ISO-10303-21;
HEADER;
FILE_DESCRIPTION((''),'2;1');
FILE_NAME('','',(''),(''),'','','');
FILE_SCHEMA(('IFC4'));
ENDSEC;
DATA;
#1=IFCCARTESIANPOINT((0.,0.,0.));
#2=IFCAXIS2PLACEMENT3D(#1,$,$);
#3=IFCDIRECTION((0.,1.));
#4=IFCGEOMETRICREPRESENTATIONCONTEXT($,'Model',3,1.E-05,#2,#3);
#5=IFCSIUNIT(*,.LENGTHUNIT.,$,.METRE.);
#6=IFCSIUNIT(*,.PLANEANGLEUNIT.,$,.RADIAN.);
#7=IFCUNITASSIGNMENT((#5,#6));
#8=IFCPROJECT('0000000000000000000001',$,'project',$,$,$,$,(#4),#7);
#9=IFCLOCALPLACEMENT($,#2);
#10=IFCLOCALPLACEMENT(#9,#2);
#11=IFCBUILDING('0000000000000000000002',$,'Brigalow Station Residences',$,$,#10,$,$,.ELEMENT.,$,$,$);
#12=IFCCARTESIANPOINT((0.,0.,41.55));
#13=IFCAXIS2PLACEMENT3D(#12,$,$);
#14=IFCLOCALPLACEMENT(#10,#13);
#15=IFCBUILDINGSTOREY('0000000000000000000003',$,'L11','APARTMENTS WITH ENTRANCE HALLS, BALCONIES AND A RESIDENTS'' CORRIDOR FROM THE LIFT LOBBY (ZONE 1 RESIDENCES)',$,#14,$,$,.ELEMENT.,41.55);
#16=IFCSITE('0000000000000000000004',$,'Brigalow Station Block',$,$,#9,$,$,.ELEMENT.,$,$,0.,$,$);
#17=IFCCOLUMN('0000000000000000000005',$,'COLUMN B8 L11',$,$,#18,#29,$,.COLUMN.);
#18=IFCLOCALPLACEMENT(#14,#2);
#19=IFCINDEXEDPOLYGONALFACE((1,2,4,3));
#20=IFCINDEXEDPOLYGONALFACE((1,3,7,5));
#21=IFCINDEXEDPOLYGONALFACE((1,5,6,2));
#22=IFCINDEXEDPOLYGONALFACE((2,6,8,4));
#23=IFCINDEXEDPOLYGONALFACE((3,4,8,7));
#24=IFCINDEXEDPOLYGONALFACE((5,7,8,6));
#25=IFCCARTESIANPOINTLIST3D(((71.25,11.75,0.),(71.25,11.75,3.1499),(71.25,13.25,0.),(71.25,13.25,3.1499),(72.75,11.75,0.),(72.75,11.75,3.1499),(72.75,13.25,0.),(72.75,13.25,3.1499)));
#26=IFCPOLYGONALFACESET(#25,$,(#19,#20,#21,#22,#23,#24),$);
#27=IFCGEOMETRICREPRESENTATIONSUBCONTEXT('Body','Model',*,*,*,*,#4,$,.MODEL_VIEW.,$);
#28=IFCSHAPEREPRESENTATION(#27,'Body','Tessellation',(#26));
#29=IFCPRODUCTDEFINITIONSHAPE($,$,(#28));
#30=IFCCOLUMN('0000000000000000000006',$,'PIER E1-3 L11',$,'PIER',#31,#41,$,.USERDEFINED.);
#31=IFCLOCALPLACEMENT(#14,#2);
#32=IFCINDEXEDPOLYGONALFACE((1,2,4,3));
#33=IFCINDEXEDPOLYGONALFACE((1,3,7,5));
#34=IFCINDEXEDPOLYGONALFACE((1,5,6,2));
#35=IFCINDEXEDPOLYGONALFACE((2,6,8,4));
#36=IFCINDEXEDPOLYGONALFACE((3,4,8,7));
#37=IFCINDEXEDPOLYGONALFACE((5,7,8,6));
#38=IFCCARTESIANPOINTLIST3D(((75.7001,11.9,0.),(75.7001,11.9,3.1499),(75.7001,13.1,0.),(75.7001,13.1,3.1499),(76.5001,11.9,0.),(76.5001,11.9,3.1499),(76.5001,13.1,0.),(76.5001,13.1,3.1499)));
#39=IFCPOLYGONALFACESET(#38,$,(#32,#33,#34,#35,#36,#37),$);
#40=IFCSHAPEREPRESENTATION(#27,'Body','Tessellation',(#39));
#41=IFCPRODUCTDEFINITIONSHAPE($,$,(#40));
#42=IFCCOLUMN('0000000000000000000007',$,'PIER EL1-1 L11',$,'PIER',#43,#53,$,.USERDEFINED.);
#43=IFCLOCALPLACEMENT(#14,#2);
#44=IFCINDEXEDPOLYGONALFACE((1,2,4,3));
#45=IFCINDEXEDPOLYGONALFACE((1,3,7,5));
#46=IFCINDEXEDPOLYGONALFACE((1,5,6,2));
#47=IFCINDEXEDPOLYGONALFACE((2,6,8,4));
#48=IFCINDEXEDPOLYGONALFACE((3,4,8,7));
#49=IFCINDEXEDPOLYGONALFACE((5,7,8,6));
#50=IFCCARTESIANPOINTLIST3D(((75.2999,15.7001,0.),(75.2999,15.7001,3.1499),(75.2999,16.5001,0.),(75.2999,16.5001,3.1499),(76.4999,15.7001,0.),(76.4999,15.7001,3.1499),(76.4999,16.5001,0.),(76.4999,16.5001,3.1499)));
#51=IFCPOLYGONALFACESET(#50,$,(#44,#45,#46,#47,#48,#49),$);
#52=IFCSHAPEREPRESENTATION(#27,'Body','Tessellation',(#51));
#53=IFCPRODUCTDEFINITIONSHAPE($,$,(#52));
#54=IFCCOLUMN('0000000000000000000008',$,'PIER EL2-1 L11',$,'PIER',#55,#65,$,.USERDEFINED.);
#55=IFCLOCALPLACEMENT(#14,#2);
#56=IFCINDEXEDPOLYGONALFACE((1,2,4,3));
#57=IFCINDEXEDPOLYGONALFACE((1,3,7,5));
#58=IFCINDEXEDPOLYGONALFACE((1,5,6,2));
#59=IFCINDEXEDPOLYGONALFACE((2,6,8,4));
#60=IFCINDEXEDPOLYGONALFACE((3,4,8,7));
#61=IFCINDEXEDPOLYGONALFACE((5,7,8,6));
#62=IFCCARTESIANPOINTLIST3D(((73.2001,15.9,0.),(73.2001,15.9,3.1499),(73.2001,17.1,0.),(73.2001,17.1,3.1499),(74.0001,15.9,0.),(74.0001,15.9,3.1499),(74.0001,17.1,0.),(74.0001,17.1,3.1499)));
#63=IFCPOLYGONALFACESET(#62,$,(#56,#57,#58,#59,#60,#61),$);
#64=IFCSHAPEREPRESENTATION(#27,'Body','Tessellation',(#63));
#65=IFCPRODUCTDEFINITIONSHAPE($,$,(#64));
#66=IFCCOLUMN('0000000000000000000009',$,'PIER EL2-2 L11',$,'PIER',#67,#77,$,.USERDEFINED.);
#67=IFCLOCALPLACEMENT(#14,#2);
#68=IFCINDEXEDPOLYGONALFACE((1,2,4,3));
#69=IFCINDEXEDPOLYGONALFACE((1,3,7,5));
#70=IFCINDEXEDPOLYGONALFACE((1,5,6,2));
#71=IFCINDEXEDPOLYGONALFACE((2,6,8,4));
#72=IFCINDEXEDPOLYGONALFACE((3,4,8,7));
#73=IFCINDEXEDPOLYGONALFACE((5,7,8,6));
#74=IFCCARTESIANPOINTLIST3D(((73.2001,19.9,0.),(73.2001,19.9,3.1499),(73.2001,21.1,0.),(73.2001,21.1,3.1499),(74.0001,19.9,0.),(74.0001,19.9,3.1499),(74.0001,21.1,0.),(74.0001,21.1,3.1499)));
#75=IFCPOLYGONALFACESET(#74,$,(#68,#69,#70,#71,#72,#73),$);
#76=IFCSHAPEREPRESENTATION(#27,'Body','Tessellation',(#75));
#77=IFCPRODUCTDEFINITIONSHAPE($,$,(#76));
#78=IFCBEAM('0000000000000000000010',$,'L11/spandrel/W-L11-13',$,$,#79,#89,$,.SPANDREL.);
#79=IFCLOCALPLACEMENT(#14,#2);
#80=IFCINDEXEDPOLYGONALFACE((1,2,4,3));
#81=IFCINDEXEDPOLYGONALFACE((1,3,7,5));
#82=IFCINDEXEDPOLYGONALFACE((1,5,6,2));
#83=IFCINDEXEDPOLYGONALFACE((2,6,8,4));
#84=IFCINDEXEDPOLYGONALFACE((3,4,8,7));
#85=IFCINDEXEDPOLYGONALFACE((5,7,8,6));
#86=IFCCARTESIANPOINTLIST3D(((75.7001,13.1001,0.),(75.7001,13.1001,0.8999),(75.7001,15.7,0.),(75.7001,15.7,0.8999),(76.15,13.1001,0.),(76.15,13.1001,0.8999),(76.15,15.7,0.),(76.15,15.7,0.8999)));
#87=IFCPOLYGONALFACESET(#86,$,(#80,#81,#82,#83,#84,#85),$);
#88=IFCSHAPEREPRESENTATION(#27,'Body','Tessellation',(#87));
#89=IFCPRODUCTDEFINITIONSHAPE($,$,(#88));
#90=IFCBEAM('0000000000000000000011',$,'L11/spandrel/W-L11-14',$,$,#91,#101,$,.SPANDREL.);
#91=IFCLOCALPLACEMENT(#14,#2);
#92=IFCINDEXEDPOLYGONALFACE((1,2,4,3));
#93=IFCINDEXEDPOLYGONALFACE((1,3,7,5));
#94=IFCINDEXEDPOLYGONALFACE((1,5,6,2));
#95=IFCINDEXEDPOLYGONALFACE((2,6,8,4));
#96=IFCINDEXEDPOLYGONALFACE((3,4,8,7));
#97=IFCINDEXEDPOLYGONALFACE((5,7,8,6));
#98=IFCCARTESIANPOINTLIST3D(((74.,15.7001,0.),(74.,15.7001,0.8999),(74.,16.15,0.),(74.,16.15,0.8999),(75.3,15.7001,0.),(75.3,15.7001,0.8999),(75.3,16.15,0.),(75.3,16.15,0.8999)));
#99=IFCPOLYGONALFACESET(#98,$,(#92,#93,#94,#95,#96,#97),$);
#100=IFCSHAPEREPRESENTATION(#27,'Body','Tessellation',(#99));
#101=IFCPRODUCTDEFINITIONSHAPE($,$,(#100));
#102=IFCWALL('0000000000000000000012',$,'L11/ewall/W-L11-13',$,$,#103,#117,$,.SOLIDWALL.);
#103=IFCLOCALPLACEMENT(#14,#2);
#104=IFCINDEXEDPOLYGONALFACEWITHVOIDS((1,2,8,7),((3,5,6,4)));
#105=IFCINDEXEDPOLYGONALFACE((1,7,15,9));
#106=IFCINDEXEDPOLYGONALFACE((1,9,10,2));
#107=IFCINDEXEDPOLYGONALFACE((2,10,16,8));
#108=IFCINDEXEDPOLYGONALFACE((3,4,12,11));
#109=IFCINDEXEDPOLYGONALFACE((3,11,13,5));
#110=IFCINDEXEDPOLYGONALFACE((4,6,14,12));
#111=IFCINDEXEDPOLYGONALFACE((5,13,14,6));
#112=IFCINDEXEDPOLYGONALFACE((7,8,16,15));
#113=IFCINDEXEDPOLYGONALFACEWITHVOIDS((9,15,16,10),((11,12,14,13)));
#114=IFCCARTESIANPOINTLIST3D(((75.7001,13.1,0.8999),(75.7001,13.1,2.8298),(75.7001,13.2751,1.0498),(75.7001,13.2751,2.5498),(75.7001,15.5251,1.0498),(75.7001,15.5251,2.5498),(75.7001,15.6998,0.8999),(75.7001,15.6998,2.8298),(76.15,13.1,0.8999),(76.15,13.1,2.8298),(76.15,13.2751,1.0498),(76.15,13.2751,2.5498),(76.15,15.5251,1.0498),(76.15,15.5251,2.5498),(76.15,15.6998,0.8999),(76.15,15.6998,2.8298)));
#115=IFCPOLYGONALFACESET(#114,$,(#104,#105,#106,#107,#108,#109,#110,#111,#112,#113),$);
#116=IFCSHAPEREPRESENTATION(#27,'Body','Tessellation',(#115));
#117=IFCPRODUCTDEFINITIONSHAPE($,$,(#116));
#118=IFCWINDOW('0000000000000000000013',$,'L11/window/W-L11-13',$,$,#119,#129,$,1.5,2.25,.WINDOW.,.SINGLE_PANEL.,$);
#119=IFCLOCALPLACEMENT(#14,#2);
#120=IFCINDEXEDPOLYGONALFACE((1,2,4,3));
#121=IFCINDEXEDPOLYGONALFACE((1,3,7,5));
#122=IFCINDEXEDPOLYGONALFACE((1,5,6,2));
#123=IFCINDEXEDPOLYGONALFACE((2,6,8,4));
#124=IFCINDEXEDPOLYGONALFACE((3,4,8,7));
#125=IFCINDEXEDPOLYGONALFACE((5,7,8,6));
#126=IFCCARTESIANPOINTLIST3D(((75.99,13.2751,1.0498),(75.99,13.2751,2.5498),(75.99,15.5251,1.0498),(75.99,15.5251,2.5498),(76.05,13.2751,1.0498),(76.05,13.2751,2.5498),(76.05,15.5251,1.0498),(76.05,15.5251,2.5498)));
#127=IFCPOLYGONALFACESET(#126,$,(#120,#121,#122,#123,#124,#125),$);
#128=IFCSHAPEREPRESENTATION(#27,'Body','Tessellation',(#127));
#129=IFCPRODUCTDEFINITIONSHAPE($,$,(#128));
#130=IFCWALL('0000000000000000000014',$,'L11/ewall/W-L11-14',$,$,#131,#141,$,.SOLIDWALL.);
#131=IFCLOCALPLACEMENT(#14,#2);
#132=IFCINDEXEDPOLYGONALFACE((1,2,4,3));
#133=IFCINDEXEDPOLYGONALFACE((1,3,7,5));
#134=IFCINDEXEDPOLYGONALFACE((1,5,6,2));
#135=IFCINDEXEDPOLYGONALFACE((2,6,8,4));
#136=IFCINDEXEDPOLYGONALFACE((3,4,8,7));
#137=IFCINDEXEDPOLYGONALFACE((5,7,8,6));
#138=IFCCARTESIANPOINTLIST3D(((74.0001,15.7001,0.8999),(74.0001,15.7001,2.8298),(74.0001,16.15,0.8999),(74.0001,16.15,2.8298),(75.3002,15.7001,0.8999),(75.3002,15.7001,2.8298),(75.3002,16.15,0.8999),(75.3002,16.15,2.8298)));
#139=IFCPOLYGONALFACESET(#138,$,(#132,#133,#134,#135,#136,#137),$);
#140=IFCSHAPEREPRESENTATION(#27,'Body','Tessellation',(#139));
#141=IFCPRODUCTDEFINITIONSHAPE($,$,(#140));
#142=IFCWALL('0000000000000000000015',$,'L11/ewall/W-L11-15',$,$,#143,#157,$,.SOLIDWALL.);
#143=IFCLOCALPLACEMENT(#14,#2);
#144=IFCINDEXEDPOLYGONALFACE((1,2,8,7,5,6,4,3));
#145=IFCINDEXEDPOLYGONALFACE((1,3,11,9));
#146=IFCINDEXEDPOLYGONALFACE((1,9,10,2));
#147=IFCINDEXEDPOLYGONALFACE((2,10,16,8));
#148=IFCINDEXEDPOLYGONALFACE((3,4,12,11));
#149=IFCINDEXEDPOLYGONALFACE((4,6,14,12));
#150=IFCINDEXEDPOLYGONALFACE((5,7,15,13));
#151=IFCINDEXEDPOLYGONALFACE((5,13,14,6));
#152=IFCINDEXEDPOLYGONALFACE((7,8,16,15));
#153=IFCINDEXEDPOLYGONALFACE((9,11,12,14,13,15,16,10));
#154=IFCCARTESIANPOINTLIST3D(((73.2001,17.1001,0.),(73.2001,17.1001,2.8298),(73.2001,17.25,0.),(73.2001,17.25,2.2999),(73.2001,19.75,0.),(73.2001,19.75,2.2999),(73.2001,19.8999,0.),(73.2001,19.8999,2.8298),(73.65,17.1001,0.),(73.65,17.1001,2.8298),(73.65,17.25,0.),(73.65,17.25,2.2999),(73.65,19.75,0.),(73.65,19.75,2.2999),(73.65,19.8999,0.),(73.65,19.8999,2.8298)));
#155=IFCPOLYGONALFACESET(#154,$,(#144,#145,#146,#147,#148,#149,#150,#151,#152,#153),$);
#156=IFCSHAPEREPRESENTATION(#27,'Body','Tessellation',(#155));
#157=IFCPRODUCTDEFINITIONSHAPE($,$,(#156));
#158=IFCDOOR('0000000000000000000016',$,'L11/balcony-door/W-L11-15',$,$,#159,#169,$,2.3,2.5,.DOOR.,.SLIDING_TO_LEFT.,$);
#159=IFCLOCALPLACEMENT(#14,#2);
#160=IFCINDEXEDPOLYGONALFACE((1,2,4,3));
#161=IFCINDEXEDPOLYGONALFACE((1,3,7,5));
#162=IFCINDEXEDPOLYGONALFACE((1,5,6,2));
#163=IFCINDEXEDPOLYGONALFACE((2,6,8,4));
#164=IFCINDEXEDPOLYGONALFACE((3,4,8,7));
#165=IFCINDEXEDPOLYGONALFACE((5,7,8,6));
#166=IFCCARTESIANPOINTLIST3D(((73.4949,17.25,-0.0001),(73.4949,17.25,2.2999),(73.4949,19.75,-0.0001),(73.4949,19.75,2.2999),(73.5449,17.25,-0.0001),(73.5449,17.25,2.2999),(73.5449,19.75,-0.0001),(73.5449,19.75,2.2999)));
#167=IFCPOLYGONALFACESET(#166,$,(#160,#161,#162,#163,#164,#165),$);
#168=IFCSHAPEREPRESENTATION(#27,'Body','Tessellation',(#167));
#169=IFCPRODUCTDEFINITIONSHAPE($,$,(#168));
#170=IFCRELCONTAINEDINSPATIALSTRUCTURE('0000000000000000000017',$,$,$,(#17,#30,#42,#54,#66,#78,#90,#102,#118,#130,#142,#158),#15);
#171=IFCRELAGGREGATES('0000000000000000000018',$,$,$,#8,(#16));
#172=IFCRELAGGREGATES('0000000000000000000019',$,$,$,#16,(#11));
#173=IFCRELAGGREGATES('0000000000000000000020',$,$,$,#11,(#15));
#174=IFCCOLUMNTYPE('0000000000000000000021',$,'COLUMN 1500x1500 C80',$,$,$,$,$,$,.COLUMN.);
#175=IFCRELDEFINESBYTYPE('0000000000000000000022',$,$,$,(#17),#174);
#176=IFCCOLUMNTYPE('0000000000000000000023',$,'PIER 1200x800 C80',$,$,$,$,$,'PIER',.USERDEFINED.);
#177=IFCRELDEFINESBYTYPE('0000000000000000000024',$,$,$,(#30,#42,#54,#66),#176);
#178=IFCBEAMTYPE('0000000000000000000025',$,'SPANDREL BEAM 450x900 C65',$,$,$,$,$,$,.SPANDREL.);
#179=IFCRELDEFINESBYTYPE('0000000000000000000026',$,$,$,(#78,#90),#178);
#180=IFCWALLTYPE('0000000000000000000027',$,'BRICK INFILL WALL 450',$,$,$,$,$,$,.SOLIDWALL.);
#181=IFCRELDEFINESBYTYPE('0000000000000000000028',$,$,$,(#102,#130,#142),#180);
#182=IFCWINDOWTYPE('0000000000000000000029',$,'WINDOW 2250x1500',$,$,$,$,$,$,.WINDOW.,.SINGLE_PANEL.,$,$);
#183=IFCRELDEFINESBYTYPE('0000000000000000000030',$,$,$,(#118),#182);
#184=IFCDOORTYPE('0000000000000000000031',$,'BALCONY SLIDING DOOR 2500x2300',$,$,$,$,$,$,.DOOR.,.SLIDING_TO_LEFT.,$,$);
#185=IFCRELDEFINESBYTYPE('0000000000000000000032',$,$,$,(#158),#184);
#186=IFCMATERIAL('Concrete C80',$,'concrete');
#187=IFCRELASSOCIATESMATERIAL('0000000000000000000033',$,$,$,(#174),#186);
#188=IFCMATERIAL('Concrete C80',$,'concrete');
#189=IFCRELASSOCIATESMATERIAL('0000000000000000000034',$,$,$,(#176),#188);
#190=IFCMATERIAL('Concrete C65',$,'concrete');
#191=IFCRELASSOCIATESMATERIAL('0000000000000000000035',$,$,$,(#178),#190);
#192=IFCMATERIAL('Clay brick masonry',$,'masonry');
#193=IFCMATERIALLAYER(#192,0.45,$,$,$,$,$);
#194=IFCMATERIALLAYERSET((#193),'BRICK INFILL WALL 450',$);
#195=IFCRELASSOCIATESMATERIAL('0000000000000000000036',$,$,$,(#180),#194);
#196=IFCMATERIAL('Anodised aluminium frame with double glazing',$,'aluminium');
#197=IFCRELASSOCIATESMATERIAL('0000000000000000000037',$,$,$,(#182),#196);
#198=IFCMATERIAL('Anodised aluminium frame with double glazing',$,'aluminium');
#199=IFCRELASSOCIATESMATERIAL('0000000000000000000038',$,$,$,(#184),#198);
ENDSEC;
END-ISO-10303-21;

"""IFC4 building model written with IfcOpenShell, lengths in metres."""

from ifc_helpers import new_model, si_unit, direction, frame, frame_2d, origin, origin_2d, place, context, subcontext, project, spatial, rectangle, extrude, material, layer, layer_set, material_profile, profile_set, type_object, element, fill, save


model = new_model("IFC4")

# Units and contexts
model_context = context("Model", 3, precision=1e-05, world=origin(), true_north=direction((0.0, 1.0)))
body_context = subcontext(model_context, "Body", "Model", "MODEL_VIEW")
ifc_project = project(units=[si_unit("LENGTHUNIT", "METRE"), si_unit("PLANEANGLEUNIT", "RADIAN")], contexts=[model_context])

# Site, building, storey
site_placement = place(None, origin())
site = spatial("IfcSite", under=ifc_project, at=site_placement, Name="Brigalow Station Block", CompositionType="ELEMENT", RefElevation=0.0)
building_placement = place(site_placement, origin())
building = spatial("IfcBuilding", under=site, at=building_placement, Name="Brigalow Station Residences", CompositionType="ELEMENT")
storey_placement = place(building_placement, frame((0.0, 0.0, 41.55)))
storey = spatial("IfcBuildingStorey", under=building, at=storey_placement, Name="L11", Description="APARTMENTS WITH ENTRANCE HALLS, BALCONIES AND A RESIDENTS' CORRIDOR FROM THE LIFT LOBBY (ZONE 1 RESIDENCES)", CompositionType="ELEMENT", Elevation=41.55)

# Columns
ifc_material_1 = material(Name="Concrete C80", Category="concrete")
ifc_material_profile_1 = material_profile(ifc_material_1, rectangle(XDim=1.5, YDim=1.5, at=origin_2d()), Name="RC1500x1500")
ifc_profile_set_1 = profile_set([ifc_material_profile_1], Name="Concrete C80")
column_type_1 = type_object("IfcColumnType", Name="COLUMN 1500x1500 C80", PredefinedType="COLUMN", material=ifc_profile_set_1)
column_placement = place(storey_placement, frame((72.0, 12.5, 0.0), z_axis=(0.0, 0.0, 1.0), x_axis=(1.0, 0.0, 0.0)))
element("IfcColumn", 1, at=column_placement, inside=storey, type_object=column_type_1, Name="COLUMN B8 L11", PredefinedType="COLUMN", context=body_context, shape_type="SweptSolid", body=[
    extrude(rectangle(XDim=1.5, YDim=1.5, at=origin_2d()), origin(), (0.0, 0.0, 1.0), 3.1499),
])
ifc_material_2 = material(Name="Concrete C80", Category="concrete")
ifc_material_profile_2 = material_profile(ifc_material_2, rectangle(XDim=1.2, YDim=0.8, at=origin_2d()), Name="RC1200x800")
ifc_profile_set_2 = profile_set([ifc_material_profile_2], Name="Concrete C80")
column_type_2 = type_object("IfcColumnType", Name="PIER 1200x800 C80", ElementType="PIER", PredefinedType="USERDEFINED", material=ifc_profile_set_2)
for number, where, z_axis, x_axis, name in (
    (2, (76.1001, 12.5, 0.0), (0.0, 0.0, 1.0), (0.0, 1.0, 0.0), "PIER E1-3 L11"),
    (3, (75.8999, 16.1001, 0.0), (0.0, 0.0, 1.0), (-1.0, 0.0, 0.0), "PIER EL1-1 L11"),
    (4, (73.6001, 16.5, 0.0), (0.0, 0.0, 1.0), (0.0, 1.0, 0.0), "PIER EL2-1 L11"),
    (5, (73.6001, 20.5, 0.0), (0.0, 0.0, 1.0), (0.0, 1.0, 0.0), "PIER EL2-2 L11"),
):
    element("IfcColumn", number, at=place(storey_placement, frame(where, z_axis=z_axis, x_axis=x_axis)), inside=storey, type_object=column_type_2, Name=name, ObjectType="PIER", PredefinedType="USERDEFINED", context=body_context, shape_type="SweptSolid", body=[
        extrude(rectangle(XDim=1.2, YDim=0.8, at=origin_2d()), origin(), (0.0, 0.0, 1.0), 3.1499),
    ])

# Beams
ifc_material_3 = material(Name="Concrete C65", Category="concrete")
ifc_material_profile_3 = material_profile(ifc_material_3, rectangle(XDim=0.45, YDim=0.8999, at=origin_2d()), Name="RC450x900")
ifc_profile_set_3 = profile_set([ifc_material_profile_3], Name="Concrete C65")
beam_type = type_object("IfcBeamType", Name="SPANDREL BEAM 450x900 C65", PredefinedType="SPANDREL", material=ifc_profile_set_3)
beam_1_placement = place(storey_placement, frame((75.925, 13.1001, 0.45), z_axis=(0.0, 1.0, 0.0), x_axis=(-1.0, 0.0, 0.0)))
element("IfcBeam", 6, at=beam_1_placement, inside=storey, type_object=beam_type, Name="L11/spandrel/W-L11-13", PredefinedType="SPANDREL", context=body_context, shape_type="SweptSolid", body=[
    extrude(rectangle(XDim=0.45, YDim=0.8999, at=origin_2d()), origin(), (0.0, 0.0, 1.0), 2.5999),
])
beam_2_placement = place(storey_placement, frame((75.3, 15.925, 0.45), z_axis=(-1.0, 0.0, 0.0), x_axis=(0.0, -1.0, 0.0)))
element("IfcBeam", 7, at=beam_2_placement, inside=storey, type_object=beam_type, Name="L11/spandrel/W-L11-14", PredefinedType="SPANDREL", context=body_context, shape_type="SweptSolid", body=[
    extrude(rectangle(XDim=0.45, YDim=0.8999, at=origin_2d()), origin(), (0.0, 0.0, 1.0), 1.3),
])

# Wall, opening, window
ifc_material_4 = material(Name="Clay brick masonry", Category="masonry")
ifc_layer_1 = layer(ifc_material_4, 0.45)
ifc_layer_set_1 = layer_set([ifc_layer_1], Name="BRICK INFILL WALL 450")
wall_type_1 = type_object("IfcWallType", Name="BRICK INFILL WALL 450", PredefinedType="SOLIDWALL", material=ifc_layer_set_1)
wall_1_placement = place(storey_placement, frame((75.925, 13.1001, 0.8999), z_axis=(0.0, 0.0, 1.0), x_axis=(0.0, 1.0, 0.0)))
wall_1 = element("IfcWall", 8, at=wall_1_placement, inside=storey, type_object=wall_type_1, Name="L11/ewall/W-L11-13", PredefinedType="SOLIDWALL", context=body_context, shape_type="SweptSolid", body=[
    extrude(rectangle(XDim=2.5999, YDim=0.45, at=frame_2d((1.2998, 0.0))), origin(), (0.0, 0.0, 1.0), 1.9299),
])
opening_1_placement = place(wall_1_placement, frame((0.175, 0.0, 0.1499)))
opening_1 = element("IfcOpeningElement", 9, at=opening_1_placement, cuts=wall_1, PredefinedType="OPENING", context=body_context, shape_type="SweptSolid", body=[
    extrude(rectangle(XDim=2.25, YDim=1.5, at=frame_2d((1.125, 0.75))), frame((0.0, 0.2349, 0.0), z_axis=(0.0, -1.0, 0.0), x_axis=(1.0, 0.0, 0.0)), (0.0, 0.0, 1.0), 0.47),
])
ifc_material_5 = material(Name="Anodised aluminium frame with double glazing", Category="aluminium")
window_type = type_object("IfcWindowType", Name="WINDOW 2250x1500", PartitioningType="SINGLE_PANEL", PredefinedType="WINDOW", material=ifc_material_5)
window_placement = place(opening_1_placement, origin())
window = element("IfcWindow", 10, at=window_placement, inside=storey, type_object=window_type, Name="L11/window/W-L11-13", OverallHeight=1.5, OverallWidth=2.25, PartitioningType="SINGLE_PANEL", PredefinedType="WINDOW", context=body_context, shape_type="SweptSolid", body=[
    extrude(rectangle(XDim=2.25, YDim=1.5, at=frame_2d((1.125, 0.75))), frame((0.0, -0.0649, 0.0), z_axis=(0.0, -1.0, 0.0), x_axis=(1.0, 0.0, 0.0)), (0.0, 0.0, 1.0), 0.0601),
])
fill(opening_1, window)

# Wall
wall_2_placement = place(storey_placement, frame((75.3, 15.925, 0.8999), z_axis=(0.0, 0.0, 1.0), x_axis=(-1.0, 0.0, 0.0)))
element("IfcWall", 11, at=wall_2_placement, inside=storey, type_object=wall_type_1, Name="L11/ewall/W-L11-14", PredefinedType="SOLIDWALL", context=body_context, shape_type="SweptSolid", body=[
    extrude(rectangle(XDim=1.3, YDim=0.45, at=frame_2d((0.6499, 0.0))), origin(), (0.0, 0.0, 1.0), 1.9299),
])

# Wall, opening, door
wall_3_placement = place(storey_placement, frame((73.425, 17.1001, 0.0), z_axis=(0.0, 0.0, 1.0), x_axis=(0.0, 1.0, 0.0)))
wall_3 = element("IfcWall", 12, at=wall_3_placement, inside=storey, type_object=wall_type_1, Name="L11/ewall/W-L11-15", PredefinedType="SOLIDWALL", context=body_context, shape_type="SweptSolid", body=[
    extrude(rectangle(XDim=2.7998, YDim=0.45, at=frame_2d((1.3999, 0.0))), origin(), (0.0, 0.0, 1.0), 2.8298),
])
opening_2_placement = place(wall_3_placement, frame((0.1499, 0.0, 0.0)))
opening_2 = element("IfcOpeningElement", 13, at=opening_2_placement, cuts=wall_3, PredefinedType="OPENING", context=body_context, shape_type="SweptSolid", body=[
    extrude(rectangle(XDim=2.5, YDim=2.3, at=frame_2d((1.25, 1.1499))), frame((0.0, 0.2349, 0.0), z_axis=(0.0, -1.0, 0.0), x_axis=(1.0, 0.0, 0.0)), (0.0, 0.0, 1.0), 0.47),
])
ifc_material_6 = material(Name="Anodised aluminium frame with double glazing", Category="aluminium")
door_type_1 = type_object("IfcDoorType", Name="BALCONY SLIDING DOOR 2500x2300", OperationType="SLIDING_TO_LEFT", PredefinedType="DOOR", material=ifc_material_6)
door_1_placement = place(opening_2_placement, origin())
door_1 = element("IfcDoor", 14, at=door_1_placement, inside=storey, type_object=door_type_1, Name="L11/balcony-door/W-L11-15", OperationType="SLIDING_TO_LEFT", OverallHeight=2.3, OverallWidth=2.5, PredefinedType="DOOR", context=body_context, shape_type="SweptSolid", body=[
    extrude(rectangle(XDim=2.5, YDim=2.3, at=frame_2d((1.25, 1.1499))), frame((0.0, -0.0698, 0.0), z_axis=(0.0, -1.0, 0.0), x_axis=(1.0, 0.0, 0.0)), (0.0, 0.0, 1.0), 0.05),
])
fill(opening_2, door_1)

save(model, "model.ifc")
